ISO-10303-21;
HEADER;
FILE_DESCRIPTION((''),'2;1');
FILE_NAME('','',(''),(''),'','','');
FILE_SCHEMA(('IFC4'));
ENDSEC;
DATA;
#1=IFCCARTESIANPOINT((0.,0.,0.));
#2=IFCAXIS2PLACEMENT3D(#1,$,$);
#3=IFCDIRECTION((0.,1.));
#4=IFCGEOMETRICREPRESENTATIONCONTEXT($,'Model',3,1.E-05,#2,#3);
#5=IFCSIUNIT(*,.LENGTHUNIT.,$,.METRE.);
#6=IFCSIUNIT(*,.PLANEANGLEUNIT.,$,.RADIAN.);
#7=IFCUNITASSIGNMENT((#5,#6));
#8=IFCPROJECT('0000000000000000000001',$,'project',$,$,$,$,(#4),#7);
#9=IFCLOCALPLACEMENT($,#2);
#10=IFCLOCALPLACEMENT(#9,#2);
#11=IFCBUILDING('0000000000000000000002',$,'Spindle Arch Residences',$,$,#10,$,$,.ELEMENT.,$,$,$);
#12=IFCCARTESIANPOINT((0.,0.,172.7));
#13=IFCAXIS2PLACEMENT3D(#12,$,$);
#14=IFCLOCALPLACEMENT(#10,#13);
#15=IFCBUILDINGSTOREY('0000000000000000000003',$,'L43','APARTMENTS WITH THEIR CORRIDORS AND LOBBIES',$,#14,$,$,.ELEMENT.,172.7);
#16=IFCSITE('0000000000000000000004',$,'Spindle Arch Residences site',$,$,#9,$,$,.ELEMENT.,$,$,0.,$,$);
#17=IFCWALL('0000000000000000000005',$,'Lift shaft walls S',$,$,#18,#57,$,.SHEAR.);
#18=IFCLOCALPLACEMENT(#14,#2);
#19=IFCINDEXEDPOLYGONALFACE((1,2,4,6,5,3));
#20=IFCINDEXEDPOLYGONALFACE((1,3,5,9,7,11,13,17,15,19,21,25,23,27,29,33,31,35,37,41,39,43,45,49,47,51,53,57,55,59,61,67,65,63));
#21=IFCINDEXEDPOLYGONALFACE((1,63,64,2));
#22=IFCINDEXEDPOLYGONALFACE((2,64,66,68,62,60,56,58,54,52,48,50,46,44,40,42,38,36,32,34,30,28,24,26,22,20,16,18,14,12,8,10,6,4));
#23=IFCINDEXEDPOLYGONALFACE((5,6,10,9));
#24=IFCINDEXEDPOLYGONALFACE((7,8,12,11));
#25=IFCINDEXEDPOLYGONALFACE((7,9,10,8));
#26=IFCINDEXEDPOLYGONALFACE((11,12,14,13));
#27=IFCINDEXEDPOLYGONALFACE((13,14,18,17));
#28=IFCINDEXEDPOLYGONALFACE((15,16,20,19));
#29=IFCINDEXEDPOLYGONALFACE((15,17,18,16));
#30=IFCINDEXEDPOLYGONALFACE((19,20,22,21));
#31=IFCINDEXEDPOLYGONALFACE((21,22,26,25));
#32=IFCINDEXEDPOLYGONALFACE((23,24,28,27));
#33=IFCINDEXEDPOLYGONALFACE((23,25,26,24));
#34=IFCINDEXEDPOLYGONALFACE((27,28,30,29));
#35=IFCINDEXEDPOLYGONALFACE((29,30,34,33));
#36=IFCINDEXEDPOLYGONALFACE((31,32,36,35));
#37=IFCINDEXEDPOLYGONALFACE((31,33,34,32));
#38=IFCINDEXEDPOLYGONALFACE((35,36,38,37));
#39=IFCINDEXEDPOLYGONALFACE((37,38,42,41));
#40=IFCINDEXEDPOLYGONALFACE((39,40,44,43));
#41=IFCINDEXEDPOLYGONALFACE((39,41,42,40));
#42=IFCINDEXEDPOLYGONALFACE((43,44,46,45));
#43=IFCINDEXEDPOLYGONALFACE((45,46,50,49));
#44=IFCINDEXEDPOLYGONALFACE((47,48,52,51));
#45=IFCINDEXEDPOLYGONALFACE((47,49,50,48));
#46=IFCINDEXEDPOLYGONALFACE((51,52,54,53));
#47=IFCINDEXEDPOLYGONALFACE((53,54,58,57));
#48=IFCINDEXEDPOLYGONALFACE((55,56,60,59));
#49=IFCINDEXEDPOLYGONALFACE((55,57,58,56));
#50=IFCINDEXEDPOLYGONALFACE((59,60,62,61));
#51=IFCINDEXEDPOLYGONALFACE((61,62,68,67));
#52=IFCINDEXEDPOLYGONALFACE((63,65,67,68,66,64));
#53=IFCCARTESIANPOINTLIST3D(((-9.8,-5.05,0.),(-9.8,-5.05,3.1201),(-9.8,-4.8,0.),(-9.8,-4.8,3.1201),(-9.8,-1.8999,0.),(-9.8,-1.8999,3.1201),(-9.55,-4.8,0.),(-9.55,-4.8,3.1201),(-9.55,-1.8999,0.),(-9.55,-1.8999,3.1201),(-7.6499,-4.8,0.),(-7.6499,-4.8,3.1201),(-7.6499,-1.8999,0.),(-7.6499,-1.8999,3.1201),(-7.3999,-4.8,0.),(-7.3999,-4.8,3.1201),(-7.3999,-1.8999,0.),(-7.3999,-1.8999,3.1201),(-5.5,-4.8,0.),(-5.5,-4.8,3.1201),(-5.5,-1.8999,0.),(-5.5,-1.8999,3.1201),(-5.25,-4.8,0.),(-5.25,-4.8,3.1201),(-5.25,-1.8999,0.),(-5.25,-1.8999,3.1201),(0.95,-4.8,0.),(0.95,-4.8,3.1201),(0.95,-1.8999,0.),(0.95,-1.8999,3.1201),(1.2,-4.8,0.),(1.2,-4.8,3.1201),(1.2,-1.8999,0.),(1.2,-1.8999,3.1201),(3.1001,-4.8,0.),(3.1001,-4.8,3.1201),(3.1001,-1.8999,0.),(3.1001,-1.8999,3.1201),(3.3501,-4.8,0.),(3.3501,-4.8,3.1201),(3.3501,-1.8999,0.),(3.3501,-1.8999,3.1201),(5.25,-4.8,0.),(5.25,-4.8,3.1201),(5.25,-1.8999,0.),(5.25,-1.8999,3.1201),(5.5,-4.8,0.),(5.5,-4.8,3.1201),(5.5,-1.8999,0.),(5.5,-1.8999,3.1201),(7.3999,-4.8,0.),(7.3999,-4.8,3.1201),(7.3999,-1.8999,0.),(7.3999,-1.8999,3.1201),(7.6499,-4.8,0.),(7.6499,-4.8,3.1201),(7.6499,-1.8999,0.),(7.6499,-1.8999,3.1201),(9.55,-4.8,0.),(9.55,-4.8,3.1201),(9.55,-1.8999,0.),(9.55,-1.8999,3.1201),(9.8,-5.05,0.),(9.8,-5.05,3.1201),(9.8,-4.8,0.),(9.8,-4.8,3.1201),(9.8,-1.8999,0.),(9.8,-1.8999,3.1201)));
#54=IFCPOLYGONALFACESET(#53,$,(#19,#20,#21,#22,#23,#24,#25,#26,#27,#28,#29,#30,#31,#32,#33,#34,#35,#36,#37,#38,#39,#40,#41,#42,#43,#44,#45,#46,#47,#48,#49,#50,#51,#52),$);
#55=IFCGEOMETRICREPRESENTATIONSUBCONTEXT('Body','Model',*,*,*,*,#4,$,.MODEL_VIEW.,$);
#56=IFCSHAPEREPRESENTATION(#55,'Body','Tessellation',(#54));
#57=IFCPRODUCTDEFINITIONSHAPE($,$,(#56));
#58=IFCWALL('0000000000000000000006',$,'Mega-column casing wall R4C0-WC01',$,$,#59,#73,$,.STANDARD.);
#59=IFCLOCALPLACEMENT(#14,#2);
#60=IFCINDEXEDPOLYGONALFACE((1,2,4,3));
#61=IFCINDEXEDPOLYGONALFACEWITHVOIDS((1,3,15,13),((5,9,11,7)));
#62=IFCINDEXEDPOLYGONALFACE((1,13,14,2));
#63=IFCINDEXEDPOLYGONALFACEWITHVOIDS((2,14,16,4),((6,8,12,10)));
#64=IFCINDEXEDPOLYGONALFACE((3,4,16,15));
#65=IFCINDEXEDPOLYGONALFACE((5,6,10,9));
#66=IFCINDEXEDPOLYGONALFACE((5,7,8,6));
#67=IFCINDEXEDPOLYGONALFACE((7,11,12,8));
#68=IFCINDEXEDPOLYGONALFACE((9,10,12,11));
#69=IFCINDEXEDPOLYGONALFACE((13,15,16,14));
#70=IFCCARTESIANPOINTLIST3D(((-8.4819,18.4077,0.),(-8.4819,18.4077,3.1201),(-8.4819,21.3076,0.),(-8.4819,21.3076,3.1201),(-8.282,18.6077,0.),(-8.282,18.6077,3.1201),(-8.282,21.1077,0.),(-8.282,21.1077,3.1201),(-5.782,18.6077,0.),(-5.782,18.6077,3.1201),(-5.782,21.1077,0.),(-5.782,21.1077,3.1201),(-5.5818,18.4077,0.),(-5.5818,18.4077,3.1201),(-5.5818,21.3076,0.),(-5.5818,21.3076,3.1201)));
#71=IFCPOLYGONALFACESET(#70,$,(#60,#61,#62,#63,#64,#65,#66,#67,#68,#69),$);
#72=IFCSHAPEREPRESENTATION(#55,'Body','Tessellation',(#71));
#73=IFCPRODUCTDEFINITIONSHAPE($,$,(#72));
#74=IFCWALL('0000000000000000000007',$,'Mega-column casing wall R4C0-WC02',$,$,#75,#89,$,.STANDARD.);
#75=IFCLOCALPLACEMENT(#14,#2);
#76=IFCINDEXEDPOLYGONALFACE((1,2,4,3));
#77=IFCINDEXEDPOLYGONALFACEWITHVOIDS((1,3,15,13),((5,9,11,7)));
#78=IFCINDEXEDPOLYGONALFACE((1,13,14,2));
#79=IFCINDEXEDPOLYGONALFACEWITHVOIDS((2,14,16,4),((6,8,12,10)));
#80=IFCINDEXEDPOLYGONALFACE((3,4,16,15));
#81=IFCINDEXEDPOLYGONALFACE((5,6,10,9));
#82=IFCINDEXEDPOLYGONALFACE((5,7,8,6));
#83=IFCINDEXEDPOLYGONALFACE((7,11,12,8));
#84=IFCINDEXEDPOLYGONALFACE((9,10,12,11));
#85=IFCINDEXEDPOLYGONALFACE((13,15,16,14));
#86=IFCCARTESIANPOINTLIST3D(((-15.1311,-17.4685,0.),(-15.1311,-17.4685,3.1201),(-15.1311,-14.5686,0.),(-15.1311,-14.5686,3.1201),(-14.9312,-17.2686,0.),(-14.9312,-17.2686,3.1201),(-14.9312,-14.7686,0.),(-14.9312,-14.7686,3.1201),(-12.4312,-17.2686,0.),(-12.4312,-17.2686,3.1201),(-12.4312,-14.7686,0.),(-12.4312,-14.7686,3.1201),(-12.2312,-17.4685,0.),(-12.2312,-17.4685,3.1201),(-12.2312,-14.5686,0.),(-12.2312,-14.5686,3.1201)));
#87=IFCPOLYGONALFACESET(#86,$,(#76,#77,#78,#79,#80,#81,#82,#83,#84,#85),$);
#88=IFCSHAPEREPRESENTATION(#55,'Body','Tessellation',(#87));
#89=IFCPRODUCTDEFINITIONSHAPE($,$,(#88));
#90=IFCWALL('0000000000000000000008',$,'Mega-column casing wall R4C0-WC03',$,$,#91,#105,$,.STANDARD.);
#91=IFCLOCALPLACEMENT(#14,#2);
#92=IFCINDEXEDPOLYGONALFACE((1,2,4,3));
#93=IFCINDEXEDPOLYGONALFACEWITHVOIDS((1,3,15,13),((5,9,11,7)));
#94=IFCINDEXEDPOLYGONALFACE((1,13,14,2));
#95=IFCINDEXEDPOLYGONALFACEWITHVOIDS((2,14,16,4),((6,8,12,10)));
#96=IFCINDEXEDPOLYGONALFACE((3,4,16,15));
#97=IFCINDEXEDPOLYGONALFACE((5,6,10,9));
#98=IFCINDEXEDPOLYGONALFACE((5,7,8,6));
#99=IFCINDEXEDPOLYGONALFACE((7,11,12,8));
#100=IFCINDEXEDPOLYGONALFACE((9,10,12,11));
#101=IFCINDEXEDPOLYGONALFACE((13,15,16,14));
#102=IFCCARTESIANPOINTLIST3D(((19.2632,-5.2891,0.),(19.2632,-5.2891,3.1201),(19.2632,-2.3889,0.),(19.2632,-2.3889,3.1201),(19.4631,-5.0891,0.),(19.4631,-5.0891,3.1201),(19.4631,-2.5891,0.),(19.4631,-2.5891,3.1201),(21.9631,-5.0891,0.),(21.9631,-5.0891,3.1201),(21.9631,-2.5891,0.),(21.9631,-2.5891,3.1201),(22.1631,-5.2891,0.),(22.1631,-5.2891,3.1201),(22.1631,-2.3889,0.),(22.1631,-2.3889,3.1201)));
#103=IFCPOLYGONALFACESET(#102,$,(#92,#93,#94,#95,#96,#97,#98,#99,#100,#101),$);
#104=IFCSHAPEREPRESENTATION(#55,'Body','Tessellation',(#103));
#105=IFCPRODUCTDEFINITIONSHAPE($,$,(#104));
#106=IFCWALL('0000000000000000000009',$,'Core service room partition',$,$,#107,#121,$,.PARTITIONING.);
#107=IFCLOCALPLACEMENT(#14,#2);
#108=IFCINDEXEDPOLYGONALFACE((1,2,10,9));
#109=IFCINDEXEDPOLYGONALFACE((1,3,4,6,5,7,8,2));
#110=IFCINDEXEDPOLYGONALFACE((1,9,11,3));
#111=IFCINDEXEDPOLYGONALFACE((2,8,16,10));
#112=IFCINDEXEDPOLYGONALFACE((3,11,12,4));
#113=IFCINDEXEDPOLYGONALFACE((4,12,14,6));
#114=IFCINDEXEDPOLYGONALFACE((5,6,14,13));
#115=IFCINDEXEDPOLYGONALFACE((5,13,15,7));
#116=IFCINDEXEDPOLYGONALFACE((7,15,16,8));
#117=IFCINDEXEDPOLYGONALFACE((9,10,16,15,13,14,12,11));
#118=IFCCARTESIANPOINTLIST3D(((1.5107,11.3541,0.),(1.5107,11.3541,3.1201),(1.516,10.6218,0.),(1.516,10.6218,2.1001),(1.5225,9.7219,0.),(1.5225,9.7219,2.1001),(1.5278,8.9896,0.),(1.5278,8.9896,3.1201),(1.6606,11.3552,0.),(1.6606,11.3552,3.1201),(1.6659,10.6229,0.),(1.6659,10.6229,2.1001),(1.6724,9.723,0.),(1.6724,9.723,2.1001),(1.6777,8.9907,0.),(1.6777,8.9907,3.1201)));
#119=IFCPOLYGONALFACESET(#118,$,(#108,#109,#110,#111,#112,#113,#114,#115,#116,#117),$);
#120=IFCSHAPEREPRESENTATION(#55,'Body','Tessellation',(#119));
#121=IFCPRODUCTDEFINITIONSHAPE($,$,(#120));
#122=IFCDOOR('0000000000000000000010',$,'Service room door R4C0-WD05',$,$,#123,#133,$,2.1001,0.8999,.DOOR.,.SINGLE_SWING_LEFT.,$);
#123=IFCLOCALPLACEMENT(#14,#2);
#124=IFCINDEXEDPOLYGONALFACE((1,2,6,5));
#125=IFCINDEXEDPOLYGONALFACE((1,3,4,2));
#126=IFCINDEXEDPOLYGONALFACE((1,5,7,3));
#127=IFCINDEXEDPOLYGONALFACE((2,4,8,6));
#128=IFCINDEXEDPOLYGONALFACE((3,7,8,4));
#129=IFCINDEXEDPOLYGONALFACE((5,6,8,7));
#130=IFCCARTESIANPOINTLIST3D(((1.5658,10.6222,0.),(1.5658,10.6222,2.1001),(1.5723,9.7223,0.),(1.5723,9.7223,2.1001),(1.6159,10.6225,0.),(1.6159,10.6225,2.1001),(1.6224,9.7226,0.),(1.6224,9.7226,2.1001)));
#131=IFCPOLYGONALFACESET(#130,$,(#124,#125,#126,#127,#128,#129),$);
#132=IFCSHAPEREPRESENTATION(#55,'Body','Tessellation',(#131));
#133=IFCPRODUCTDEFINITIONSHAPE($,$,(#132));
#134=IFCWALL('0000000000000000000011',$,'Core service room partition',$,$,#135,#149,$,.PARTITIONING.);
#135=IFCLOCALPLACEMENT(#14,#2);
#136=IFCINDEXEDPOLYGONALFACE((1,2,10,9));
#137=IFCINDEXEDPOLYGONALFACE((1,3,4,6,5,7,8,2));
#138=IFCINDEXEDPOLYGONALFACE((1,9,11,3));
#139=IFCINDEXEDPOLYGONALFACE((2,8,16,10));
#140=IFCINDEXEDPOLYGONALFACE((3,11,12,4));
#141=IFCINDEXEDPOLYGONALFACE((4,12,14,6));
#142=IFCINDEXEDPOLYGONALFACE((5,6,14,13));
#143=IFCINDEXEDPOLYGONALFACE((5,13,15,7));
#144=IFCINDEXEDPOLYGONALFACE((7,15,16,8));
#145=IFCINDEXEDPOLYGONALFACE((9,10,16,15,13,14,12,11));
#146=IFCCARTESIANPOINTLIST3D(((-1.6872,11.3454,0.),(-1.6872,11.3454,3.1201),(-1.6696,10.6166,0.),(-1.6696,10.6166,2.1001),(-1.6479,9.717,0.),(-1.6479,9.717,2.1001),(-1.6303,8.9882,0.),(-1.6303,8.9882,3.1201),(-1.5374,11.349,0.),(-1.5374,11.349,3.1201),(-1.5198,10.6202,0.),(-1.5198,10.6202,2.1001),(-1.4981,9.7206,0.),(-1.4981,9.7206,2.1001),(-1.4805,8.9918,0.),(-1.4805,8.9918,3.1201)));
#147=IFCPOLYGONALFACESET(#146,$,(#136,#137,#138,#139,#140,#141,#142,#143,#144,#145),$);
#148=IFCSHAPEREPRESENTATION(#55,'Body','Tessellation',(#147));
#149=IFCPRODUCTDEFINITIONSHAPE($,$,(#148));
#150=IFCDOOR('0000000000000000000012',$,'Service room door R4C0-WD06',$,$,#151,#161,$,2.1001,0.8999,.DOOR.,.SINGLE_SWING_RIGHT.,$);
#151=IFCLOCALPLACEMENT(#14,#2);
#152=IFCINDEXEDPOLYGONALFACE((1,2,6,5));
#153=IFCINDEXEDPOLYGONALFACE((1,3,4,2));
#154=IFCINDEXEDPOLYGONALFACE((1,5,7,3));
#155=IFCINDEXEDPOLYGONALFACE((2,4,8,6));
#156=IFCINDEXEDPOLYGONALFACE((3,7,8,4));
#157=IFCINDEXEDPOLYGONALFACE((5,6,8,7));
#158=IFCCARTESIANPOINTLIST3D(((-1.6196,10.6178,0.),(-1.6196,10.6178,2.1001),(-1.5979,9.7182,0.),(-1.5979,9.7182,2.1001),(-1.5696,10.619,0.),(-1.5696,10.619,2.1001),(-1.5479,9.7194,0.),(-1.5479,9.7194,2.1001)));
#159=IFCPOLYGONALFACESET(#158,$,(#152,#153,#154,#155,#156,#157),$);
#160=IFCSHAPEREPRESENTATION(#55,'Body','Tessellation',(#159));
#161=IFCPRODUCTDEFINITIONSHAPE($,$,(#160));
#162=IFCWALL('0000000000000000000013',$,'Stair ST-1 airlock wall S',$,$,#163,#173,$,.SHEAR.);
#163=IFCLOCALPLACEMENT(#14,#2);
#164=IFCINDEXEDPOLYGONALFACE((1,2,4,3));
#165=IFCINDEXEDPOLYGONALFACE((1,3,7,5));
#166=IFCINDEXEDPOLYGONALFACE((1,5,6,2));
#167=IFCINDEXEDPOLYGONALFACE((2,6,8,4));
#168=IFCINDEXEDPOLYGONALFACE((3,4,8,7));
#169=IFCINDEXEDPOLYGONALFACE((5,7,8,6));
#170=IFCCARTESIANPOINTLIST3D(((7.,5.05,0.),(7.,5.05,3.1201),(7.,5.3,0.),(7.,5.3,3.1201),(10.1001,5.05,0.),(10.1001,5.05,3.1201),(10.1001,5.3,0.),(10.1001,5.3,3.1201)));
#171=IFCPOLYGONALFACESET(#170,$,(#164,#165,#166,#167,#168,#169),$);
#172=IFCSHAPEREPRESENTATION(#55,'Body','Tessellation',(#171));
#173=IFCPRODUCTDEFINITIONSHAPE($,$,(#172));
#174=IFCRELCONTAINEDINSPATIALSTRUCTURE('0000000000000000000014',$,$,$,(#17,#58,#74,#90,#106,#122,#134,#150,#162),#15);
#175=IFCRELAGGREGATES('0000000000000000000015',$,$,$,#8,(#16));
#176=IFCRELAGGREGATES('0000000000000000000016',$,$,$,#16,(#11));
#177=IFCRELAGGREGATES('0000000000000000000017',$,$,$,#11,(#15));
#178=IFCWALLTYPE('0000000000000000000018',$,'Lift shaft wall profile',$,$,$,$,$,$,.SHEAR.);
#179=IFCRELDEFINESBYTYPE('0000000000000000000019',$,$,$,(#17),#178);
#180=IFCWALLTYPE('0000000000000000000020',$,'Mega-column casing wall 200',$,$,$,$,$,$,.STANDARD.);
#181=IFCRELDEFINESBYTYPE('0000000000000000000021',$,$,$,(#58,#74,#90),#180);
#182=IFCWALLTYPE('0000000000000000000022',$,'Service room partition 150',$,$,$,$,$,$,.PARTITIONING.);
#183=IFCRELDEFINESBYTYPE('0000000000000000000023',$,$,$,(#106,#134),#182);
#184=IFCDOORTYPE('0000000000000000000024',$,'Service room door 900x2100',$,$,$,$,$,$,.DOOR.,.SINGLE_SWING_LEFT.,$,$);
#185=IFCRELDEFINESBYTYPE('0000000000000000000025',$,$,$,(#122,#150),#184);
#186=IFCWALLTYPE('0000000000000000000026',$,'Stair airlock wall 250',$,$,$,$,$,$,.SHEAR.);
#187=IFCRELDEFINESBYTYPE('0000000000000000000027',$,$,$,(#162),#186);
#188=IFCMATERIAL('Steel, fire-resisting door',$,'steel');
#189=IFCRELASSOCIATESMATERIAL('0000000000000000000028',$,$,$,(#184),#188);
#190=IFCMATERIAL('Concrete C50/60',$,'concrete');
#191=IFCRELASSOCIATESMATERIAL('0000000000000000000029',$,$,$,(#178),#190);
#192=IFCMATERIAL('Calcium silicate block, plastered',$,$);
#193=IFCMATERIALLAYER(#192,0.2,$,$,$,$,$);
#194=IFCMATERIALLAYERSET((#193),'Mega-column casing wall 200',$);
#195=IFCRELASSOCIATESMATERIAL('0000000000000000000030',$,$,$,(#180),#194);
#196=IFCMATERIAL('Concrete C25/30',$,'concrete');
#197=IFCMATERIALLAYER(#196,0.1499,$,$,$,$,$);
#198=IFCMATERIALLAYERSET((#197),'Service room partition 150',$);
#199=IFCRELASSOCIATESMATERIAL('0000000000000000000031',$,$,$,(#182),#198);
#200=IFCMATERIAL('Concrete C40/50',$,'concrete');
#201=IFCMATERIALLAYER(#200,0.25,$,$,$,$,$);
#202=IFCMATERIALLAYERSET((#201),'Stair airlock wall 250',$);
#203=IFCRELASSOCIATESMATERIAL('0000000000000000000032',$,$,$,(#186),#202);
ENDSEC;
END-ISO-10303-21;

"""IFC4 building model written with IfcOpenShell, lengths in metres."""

from ifc_helpers import new_model, si_unit, direction, frame, frame_2d, origin, place, context, subcontext, project, spatial, polyline, rectangle, outline, extrude, material, layer, layer_set, type_object, element, fill, save


model = new_model("IFC4")

# Units and contexts
model_context = context("Model", 3, precision=1e-05, world=origin(), true_north=direction((0.0, 1.0)))
body_context = subcontext(model_context, "Body", "Model", "MODEL_VIEW")
ifc_project = project(units=[si_unit("LENGTHUNIT", "METRE"), si_unit("PLANEANGLEUNIT", "RADIAN")], contexts=[model_context])

# Site, building, storey
site_placement = place(None, origin())
site = spatial("IfcSite", under=ifc_project, at=site_placement, Name="Spindle Arch Residences site", CompositionType="ELEMENT", RefElevation=0.0)
building_placement = place(site_placement, origin())
building = spatial("IfcBuilding", under=site, at=building_placement, Name="Spindle Arch Residences", CompositionType="ELEMENT")
storey_placement = place(building_placement, frame((0.0, 0.0, 172.7)))
storey = spatial("IfcBuildingStorey", under=building, at=storey_placement, Name="L43", Description="APARTMENTS WITH THEIR CORRIDORS AND LOBBIES", CompositionType="ELEMENT", Elevation=172.7)

# Shared definitions
ifc_material_1 = material(Name="Steel, fire-resisting door", Category="steel")
door_type_1 = type_object("IfcDoorType", Name="Service room door 900x2100", OperationType="SINGLE_SWING_LEFT", PredefinedType="DOOR", material=ifc_material_1)

# Walls
ifc_material_2 = material(Name="Concrete C50/60", Category="concrete")
wall_type_1 = type_object("IfcWallType", Name="Lift shaft wall profile", PredefinedType="SHEAR", material=ifc_material_2)
wall_1_placement = place(storey_placement, origin())
element("IfcWall", 1, at=wall_1_placement, inside=storey, type_object=wall_type_1, Name="Lift shaft walls S", PredefinedType="SHEAR", context=body_context, shape_type="SweptSolid", body=[
    extrude(outline(polyline([(9.8, -5.05), (9.8, -4.8), (9.8, -1.8999), (9.55, -1.8999), (9.55, -4.8), (7.6499, -4.8), (7.6499, -1.8999), (7.3999, -1.8999), (7.3999, -4.8), (5.5, -4.8), (5.5, -1.8999), (5.25, -1.8999), (5.25, -4.8), (3.3501, -4.8), (3.3501, -1.8999), (3.1001, -1.8999), (3.1001, -4.8), (1.2, -4.8), (1.2, -1.8999), (0.95, -1.8999), (0.95, -4.8), (-5.25, -4.8), (-5.25, -1.8999), (-5.5, -1.8999), (-5.5, -4.8), (-7.3999, -4.8), (-7.3999, -1.8999), (-7.6499, -1.8999), (-7.6499, -4.8), (-9.55, -4.8), (-9.55, -1.8999), (-9.8, -1.8999), (-9.8, -4.8), (-9.8, -5.05), (9.8, -5.05)])), origin(), (0.0, 0.0, 1.0), 3.1201),
])
ifc_material_3 = material(Name="Calcium silicate block, plastered")
ifc_layer_1 = layer(ifc_material_3, 0.2)
ifc_layer_set_1 = layer_set([ifc_layer_1], Name="Mega-column casing wall 200")
wall_type_2 = type_object("IfcWallType", Name="Mega-column casing wall 200", PredefinedType="STANDARD", material=ifc_layer_set_1)
wall_2_placement = place(storey_placement, origin())
element("IfcWall", 2, at=wall_2_placement, inside=storey, type_object=wall_type_2, Name="Mega-column casing wall R4C0-WC01", PredefinedType="STANDARD", context=body_context, shape_type="SweptSolid", body=[
    extrude(outline(polyline([(-5.5818, 21.3076), (-5.5818, 18.4077), (-8.4819, 18.4077), (-8.4819, 21.3076), (-5.5818, 21.3076)]), holes=[polyline([(-8.282, 18.6077), (-5.782, 18.6077), (-5.782, 21.1077), (-8.282, 21.1077), (-8.282, 18.6077)])]), origin(), (0.0, 0.0, 1.0), 3.1201),
])
wall_3_placement = place(storey_placement, origin())
element("IfcWall", 3, at=wall_3_placement, inside=storey, type_object=wall_type_2, Name="Mega-column casing wall R4C0-WC02", PredefinedType="STANDARD", context=body_context, shape_type="SweptSolid", body=[
    extrude(outline(polyline([(-12.2312, -14.5686), (-12.2312, -17.4685), (-15.1311, -17.4685), (-15.1311, -14.5686), (-12.2312, -14.5686)]), holes=[polyline([(-14.9312, -17.2686), (-12.4312, -17.2686), (-12.4312, -14.7686), (-14.9312, -14.7686), (-14.9312, -17.2686)])]), origin(), (0.0, 0.0, 1.0), 3.1201),
])
wall_4_placement = place(storey_placement, origin())
element("IfcWall", 4, at=wall_4_placement, inside=storey, type_object=wall_type_2, Name="Mega-column casing wall R4C0-WC03", PredefinedType="STANDARD", context=body_context, shape_type="SweptSolid", body=[
    extrude(outline(polyline([(22.1631, -2.3889), (22.1631, -5.2891), (19.2632, -5.2891), (19.2632, -2.3889), (22.1631, -2.3889)]), holes=[polyline([(19.4631, -5.0891), (21.9631, -5.0891), (21.9631, -2.5891), (19.4631, -2.5891), (19.4631, -5.0891)])]), origin(), (0.0, 0.0, 1.0), 3.1201),
])

# Walls, openings, doors
ifc_material_4 = material(Name="Concrete C25/30", Category="concrete")
ifc_layer_2 = layer(ifc_material_4, 0.1499)
ifc_layer_set_2 = layer_set([ifc_layer_2], Name="Service room partition 150")
wall_type_3 = type_object("IfcWallType", Name="Service room partition 150", PredefinedType="PARTITIONING", material=ifc_layer_set_2)
wall_5_placement = place(storey_placement, frame((1.5857, 11.3545, 0.0), z_axis=(0.0, 0.0, 1.0), x_axis=(0.007227, -0.999974, 0.0)))
wall_5 = element("IfcWall", 5, at=wall_5_placement, inside=storey, type_object=wall_type_3, Name="Core service room partition", PredefinedType="PARTITIONING", context=body_context, shape_type="SweptSolid", body=[
    extrude(rectangle(XDim=2.3645, YDim=0.1499, at=frame_2d((1.1821, 0.0))), origin(), (0.0, 0.0, 1.0), 3.1201),
])
opening_1_placement = place(wall_5_placement, frame((0.7322, 0.0, 0.0)))
opening_1 = element("IfcOpeningElement", 6, at=opening_1_placement, cuts=wall_5, PredefinedType="OPENING", context=body_context, shape_type="SweptSolid", body=[
    extrude(rectangle(XDim=0.8999, YDim=2.1001, at=frame_2d((0.45, 1.05))), frame((0.0, 0.085, 0.0), z_axis=(0.0, -1.0, 0.0), x_axis=(1.0, 0.0, 0.0)), (0.0, 0.0, 1.0), 0.1699),
])
door_1_placement = place(opening_1_placement, origin())
door_1 = element("IfcDoor", 7, at=door_1_placement, inside=storey, type_object=door_type_1, Name="Service room door R4C0-WD05", OperationType="SINGLE_SWING_LEFT", OverallHeight=2.1001, OverallWidth=0.8999, PredefinedType="DOOR", context=body_context, shape_type="SweptSolid", body=[
    extrude(rectangle(XDim=0.8999, YDim=2.1001, at=frame_2d((0.45, 1.05))), frame((0.0, 0.0249, 0.0), z_axis=(0.0, -1.0, 0.0), x_axis=(1.0, 0.0, 0.0)), (0.0, 0.0, 1.0), 0.05),
])
fill(opening_1, door_1)
wall_6_placement = place(storey_placement, frame((-1.5554, 8.99, 0.0), z_axis=(0.0, 0.0, 1.0), x_axis=(-0.024126, 0.999709, 0.0)))
wall_6 = element("IfcWall", 8, at=wall_6_placement, inside=storey, type_object=wall_type_3, Name="Core service room partition", PredefinedType="PARTITIONING", context=body_context, shape_type="SweptSolid", body=[
    extrude(rectangle(XDim=2.3579, YDim=0.1499, at=frame_2d((1.179, 0.0))), origin(), (0.0, 0.0, 1.0), 3.1201),
])
opening_2_placement = place(wall_6_placement, frame((0.729, 0.0, 0.0)))
opening_2 = element("IfcOpeningElement", 9, at=opening_2_placement, cuts=wall_6, PredefinedType="OPENING", context=body_context, shape_type="SweptSolid", body=[
    extrude(rectangle(XDim=0.8999, YDim=2.1001, at=frame_2d((0.45, 1.05))), frame((0.0, 0.085, 0.0), z_axis=(0.0, -1.0, 0.0), x_axis=(1.0, 0.0, 0.0)), (0.0, 0.0, 1.0), 0.1699),
])
door_2_placement = place(opening_2_placement, origin())
door_2 = element("IfcDoor", 10, at=door_2_placement, inside=storey, type_object=door_type_1, Name="Service room door R4C0-WD06", OperationType="SINGLE_SWING_RIGHT", OverallHeight=2.1001, OverallWidth=0.8999, PredefinedType="DOOR", context=body_context, shape_type="SweptSolid", body=[
    extrude(rectangle(XDim=0.8999, YDim=2.1001, at=frame_2d((0.45, 1.05))), frame((0.0, 0.0249, 0.0), z_axis=(0.0, -1.0, 0.0), x_axis=(1.0, 0.0, 0.0)), (0.0, 0.0, 1.0), 0.05),
])
fill(opening_2, door_2)

# Wall
ifc_material_5 = material(Name="Concrete C40/50", Category="concrete")
ifc_layer_3 = layer(ifc_material_5, 0.25)
ifc_layer_set_3 = layer_set([ifc_layer_3], Name="Stair airlock wall 250")
wall_type_4 = type_object("IfcWallType", Name="Stair airlock wall 250", PredefinedType="SHEAR", material=ifc_layer_set_3)
wall_7_placement = place(storey_placement, frame((7.0, 5.175, 0.0), z_axis=(0.0, 0.0, 1.0), x_axis=(1.0, 0.0, 0.0)))
element("IfcWall", 11, at=wall_7_placement, inside=storey, type_object=wall_type_4, Name="Stair ST-1 airlock wall S", PredefinedType="SHEAR", context=body_context, shape_type="SweptSolid", body=[
    extrude(rectangle(XDim=3.1001, YDim=0.25, at=frame_2d((1.55, 0.0))), origin(), (0.0, 0.0, 1.0), 3.1201),
])

save(model, "model.ifc")
